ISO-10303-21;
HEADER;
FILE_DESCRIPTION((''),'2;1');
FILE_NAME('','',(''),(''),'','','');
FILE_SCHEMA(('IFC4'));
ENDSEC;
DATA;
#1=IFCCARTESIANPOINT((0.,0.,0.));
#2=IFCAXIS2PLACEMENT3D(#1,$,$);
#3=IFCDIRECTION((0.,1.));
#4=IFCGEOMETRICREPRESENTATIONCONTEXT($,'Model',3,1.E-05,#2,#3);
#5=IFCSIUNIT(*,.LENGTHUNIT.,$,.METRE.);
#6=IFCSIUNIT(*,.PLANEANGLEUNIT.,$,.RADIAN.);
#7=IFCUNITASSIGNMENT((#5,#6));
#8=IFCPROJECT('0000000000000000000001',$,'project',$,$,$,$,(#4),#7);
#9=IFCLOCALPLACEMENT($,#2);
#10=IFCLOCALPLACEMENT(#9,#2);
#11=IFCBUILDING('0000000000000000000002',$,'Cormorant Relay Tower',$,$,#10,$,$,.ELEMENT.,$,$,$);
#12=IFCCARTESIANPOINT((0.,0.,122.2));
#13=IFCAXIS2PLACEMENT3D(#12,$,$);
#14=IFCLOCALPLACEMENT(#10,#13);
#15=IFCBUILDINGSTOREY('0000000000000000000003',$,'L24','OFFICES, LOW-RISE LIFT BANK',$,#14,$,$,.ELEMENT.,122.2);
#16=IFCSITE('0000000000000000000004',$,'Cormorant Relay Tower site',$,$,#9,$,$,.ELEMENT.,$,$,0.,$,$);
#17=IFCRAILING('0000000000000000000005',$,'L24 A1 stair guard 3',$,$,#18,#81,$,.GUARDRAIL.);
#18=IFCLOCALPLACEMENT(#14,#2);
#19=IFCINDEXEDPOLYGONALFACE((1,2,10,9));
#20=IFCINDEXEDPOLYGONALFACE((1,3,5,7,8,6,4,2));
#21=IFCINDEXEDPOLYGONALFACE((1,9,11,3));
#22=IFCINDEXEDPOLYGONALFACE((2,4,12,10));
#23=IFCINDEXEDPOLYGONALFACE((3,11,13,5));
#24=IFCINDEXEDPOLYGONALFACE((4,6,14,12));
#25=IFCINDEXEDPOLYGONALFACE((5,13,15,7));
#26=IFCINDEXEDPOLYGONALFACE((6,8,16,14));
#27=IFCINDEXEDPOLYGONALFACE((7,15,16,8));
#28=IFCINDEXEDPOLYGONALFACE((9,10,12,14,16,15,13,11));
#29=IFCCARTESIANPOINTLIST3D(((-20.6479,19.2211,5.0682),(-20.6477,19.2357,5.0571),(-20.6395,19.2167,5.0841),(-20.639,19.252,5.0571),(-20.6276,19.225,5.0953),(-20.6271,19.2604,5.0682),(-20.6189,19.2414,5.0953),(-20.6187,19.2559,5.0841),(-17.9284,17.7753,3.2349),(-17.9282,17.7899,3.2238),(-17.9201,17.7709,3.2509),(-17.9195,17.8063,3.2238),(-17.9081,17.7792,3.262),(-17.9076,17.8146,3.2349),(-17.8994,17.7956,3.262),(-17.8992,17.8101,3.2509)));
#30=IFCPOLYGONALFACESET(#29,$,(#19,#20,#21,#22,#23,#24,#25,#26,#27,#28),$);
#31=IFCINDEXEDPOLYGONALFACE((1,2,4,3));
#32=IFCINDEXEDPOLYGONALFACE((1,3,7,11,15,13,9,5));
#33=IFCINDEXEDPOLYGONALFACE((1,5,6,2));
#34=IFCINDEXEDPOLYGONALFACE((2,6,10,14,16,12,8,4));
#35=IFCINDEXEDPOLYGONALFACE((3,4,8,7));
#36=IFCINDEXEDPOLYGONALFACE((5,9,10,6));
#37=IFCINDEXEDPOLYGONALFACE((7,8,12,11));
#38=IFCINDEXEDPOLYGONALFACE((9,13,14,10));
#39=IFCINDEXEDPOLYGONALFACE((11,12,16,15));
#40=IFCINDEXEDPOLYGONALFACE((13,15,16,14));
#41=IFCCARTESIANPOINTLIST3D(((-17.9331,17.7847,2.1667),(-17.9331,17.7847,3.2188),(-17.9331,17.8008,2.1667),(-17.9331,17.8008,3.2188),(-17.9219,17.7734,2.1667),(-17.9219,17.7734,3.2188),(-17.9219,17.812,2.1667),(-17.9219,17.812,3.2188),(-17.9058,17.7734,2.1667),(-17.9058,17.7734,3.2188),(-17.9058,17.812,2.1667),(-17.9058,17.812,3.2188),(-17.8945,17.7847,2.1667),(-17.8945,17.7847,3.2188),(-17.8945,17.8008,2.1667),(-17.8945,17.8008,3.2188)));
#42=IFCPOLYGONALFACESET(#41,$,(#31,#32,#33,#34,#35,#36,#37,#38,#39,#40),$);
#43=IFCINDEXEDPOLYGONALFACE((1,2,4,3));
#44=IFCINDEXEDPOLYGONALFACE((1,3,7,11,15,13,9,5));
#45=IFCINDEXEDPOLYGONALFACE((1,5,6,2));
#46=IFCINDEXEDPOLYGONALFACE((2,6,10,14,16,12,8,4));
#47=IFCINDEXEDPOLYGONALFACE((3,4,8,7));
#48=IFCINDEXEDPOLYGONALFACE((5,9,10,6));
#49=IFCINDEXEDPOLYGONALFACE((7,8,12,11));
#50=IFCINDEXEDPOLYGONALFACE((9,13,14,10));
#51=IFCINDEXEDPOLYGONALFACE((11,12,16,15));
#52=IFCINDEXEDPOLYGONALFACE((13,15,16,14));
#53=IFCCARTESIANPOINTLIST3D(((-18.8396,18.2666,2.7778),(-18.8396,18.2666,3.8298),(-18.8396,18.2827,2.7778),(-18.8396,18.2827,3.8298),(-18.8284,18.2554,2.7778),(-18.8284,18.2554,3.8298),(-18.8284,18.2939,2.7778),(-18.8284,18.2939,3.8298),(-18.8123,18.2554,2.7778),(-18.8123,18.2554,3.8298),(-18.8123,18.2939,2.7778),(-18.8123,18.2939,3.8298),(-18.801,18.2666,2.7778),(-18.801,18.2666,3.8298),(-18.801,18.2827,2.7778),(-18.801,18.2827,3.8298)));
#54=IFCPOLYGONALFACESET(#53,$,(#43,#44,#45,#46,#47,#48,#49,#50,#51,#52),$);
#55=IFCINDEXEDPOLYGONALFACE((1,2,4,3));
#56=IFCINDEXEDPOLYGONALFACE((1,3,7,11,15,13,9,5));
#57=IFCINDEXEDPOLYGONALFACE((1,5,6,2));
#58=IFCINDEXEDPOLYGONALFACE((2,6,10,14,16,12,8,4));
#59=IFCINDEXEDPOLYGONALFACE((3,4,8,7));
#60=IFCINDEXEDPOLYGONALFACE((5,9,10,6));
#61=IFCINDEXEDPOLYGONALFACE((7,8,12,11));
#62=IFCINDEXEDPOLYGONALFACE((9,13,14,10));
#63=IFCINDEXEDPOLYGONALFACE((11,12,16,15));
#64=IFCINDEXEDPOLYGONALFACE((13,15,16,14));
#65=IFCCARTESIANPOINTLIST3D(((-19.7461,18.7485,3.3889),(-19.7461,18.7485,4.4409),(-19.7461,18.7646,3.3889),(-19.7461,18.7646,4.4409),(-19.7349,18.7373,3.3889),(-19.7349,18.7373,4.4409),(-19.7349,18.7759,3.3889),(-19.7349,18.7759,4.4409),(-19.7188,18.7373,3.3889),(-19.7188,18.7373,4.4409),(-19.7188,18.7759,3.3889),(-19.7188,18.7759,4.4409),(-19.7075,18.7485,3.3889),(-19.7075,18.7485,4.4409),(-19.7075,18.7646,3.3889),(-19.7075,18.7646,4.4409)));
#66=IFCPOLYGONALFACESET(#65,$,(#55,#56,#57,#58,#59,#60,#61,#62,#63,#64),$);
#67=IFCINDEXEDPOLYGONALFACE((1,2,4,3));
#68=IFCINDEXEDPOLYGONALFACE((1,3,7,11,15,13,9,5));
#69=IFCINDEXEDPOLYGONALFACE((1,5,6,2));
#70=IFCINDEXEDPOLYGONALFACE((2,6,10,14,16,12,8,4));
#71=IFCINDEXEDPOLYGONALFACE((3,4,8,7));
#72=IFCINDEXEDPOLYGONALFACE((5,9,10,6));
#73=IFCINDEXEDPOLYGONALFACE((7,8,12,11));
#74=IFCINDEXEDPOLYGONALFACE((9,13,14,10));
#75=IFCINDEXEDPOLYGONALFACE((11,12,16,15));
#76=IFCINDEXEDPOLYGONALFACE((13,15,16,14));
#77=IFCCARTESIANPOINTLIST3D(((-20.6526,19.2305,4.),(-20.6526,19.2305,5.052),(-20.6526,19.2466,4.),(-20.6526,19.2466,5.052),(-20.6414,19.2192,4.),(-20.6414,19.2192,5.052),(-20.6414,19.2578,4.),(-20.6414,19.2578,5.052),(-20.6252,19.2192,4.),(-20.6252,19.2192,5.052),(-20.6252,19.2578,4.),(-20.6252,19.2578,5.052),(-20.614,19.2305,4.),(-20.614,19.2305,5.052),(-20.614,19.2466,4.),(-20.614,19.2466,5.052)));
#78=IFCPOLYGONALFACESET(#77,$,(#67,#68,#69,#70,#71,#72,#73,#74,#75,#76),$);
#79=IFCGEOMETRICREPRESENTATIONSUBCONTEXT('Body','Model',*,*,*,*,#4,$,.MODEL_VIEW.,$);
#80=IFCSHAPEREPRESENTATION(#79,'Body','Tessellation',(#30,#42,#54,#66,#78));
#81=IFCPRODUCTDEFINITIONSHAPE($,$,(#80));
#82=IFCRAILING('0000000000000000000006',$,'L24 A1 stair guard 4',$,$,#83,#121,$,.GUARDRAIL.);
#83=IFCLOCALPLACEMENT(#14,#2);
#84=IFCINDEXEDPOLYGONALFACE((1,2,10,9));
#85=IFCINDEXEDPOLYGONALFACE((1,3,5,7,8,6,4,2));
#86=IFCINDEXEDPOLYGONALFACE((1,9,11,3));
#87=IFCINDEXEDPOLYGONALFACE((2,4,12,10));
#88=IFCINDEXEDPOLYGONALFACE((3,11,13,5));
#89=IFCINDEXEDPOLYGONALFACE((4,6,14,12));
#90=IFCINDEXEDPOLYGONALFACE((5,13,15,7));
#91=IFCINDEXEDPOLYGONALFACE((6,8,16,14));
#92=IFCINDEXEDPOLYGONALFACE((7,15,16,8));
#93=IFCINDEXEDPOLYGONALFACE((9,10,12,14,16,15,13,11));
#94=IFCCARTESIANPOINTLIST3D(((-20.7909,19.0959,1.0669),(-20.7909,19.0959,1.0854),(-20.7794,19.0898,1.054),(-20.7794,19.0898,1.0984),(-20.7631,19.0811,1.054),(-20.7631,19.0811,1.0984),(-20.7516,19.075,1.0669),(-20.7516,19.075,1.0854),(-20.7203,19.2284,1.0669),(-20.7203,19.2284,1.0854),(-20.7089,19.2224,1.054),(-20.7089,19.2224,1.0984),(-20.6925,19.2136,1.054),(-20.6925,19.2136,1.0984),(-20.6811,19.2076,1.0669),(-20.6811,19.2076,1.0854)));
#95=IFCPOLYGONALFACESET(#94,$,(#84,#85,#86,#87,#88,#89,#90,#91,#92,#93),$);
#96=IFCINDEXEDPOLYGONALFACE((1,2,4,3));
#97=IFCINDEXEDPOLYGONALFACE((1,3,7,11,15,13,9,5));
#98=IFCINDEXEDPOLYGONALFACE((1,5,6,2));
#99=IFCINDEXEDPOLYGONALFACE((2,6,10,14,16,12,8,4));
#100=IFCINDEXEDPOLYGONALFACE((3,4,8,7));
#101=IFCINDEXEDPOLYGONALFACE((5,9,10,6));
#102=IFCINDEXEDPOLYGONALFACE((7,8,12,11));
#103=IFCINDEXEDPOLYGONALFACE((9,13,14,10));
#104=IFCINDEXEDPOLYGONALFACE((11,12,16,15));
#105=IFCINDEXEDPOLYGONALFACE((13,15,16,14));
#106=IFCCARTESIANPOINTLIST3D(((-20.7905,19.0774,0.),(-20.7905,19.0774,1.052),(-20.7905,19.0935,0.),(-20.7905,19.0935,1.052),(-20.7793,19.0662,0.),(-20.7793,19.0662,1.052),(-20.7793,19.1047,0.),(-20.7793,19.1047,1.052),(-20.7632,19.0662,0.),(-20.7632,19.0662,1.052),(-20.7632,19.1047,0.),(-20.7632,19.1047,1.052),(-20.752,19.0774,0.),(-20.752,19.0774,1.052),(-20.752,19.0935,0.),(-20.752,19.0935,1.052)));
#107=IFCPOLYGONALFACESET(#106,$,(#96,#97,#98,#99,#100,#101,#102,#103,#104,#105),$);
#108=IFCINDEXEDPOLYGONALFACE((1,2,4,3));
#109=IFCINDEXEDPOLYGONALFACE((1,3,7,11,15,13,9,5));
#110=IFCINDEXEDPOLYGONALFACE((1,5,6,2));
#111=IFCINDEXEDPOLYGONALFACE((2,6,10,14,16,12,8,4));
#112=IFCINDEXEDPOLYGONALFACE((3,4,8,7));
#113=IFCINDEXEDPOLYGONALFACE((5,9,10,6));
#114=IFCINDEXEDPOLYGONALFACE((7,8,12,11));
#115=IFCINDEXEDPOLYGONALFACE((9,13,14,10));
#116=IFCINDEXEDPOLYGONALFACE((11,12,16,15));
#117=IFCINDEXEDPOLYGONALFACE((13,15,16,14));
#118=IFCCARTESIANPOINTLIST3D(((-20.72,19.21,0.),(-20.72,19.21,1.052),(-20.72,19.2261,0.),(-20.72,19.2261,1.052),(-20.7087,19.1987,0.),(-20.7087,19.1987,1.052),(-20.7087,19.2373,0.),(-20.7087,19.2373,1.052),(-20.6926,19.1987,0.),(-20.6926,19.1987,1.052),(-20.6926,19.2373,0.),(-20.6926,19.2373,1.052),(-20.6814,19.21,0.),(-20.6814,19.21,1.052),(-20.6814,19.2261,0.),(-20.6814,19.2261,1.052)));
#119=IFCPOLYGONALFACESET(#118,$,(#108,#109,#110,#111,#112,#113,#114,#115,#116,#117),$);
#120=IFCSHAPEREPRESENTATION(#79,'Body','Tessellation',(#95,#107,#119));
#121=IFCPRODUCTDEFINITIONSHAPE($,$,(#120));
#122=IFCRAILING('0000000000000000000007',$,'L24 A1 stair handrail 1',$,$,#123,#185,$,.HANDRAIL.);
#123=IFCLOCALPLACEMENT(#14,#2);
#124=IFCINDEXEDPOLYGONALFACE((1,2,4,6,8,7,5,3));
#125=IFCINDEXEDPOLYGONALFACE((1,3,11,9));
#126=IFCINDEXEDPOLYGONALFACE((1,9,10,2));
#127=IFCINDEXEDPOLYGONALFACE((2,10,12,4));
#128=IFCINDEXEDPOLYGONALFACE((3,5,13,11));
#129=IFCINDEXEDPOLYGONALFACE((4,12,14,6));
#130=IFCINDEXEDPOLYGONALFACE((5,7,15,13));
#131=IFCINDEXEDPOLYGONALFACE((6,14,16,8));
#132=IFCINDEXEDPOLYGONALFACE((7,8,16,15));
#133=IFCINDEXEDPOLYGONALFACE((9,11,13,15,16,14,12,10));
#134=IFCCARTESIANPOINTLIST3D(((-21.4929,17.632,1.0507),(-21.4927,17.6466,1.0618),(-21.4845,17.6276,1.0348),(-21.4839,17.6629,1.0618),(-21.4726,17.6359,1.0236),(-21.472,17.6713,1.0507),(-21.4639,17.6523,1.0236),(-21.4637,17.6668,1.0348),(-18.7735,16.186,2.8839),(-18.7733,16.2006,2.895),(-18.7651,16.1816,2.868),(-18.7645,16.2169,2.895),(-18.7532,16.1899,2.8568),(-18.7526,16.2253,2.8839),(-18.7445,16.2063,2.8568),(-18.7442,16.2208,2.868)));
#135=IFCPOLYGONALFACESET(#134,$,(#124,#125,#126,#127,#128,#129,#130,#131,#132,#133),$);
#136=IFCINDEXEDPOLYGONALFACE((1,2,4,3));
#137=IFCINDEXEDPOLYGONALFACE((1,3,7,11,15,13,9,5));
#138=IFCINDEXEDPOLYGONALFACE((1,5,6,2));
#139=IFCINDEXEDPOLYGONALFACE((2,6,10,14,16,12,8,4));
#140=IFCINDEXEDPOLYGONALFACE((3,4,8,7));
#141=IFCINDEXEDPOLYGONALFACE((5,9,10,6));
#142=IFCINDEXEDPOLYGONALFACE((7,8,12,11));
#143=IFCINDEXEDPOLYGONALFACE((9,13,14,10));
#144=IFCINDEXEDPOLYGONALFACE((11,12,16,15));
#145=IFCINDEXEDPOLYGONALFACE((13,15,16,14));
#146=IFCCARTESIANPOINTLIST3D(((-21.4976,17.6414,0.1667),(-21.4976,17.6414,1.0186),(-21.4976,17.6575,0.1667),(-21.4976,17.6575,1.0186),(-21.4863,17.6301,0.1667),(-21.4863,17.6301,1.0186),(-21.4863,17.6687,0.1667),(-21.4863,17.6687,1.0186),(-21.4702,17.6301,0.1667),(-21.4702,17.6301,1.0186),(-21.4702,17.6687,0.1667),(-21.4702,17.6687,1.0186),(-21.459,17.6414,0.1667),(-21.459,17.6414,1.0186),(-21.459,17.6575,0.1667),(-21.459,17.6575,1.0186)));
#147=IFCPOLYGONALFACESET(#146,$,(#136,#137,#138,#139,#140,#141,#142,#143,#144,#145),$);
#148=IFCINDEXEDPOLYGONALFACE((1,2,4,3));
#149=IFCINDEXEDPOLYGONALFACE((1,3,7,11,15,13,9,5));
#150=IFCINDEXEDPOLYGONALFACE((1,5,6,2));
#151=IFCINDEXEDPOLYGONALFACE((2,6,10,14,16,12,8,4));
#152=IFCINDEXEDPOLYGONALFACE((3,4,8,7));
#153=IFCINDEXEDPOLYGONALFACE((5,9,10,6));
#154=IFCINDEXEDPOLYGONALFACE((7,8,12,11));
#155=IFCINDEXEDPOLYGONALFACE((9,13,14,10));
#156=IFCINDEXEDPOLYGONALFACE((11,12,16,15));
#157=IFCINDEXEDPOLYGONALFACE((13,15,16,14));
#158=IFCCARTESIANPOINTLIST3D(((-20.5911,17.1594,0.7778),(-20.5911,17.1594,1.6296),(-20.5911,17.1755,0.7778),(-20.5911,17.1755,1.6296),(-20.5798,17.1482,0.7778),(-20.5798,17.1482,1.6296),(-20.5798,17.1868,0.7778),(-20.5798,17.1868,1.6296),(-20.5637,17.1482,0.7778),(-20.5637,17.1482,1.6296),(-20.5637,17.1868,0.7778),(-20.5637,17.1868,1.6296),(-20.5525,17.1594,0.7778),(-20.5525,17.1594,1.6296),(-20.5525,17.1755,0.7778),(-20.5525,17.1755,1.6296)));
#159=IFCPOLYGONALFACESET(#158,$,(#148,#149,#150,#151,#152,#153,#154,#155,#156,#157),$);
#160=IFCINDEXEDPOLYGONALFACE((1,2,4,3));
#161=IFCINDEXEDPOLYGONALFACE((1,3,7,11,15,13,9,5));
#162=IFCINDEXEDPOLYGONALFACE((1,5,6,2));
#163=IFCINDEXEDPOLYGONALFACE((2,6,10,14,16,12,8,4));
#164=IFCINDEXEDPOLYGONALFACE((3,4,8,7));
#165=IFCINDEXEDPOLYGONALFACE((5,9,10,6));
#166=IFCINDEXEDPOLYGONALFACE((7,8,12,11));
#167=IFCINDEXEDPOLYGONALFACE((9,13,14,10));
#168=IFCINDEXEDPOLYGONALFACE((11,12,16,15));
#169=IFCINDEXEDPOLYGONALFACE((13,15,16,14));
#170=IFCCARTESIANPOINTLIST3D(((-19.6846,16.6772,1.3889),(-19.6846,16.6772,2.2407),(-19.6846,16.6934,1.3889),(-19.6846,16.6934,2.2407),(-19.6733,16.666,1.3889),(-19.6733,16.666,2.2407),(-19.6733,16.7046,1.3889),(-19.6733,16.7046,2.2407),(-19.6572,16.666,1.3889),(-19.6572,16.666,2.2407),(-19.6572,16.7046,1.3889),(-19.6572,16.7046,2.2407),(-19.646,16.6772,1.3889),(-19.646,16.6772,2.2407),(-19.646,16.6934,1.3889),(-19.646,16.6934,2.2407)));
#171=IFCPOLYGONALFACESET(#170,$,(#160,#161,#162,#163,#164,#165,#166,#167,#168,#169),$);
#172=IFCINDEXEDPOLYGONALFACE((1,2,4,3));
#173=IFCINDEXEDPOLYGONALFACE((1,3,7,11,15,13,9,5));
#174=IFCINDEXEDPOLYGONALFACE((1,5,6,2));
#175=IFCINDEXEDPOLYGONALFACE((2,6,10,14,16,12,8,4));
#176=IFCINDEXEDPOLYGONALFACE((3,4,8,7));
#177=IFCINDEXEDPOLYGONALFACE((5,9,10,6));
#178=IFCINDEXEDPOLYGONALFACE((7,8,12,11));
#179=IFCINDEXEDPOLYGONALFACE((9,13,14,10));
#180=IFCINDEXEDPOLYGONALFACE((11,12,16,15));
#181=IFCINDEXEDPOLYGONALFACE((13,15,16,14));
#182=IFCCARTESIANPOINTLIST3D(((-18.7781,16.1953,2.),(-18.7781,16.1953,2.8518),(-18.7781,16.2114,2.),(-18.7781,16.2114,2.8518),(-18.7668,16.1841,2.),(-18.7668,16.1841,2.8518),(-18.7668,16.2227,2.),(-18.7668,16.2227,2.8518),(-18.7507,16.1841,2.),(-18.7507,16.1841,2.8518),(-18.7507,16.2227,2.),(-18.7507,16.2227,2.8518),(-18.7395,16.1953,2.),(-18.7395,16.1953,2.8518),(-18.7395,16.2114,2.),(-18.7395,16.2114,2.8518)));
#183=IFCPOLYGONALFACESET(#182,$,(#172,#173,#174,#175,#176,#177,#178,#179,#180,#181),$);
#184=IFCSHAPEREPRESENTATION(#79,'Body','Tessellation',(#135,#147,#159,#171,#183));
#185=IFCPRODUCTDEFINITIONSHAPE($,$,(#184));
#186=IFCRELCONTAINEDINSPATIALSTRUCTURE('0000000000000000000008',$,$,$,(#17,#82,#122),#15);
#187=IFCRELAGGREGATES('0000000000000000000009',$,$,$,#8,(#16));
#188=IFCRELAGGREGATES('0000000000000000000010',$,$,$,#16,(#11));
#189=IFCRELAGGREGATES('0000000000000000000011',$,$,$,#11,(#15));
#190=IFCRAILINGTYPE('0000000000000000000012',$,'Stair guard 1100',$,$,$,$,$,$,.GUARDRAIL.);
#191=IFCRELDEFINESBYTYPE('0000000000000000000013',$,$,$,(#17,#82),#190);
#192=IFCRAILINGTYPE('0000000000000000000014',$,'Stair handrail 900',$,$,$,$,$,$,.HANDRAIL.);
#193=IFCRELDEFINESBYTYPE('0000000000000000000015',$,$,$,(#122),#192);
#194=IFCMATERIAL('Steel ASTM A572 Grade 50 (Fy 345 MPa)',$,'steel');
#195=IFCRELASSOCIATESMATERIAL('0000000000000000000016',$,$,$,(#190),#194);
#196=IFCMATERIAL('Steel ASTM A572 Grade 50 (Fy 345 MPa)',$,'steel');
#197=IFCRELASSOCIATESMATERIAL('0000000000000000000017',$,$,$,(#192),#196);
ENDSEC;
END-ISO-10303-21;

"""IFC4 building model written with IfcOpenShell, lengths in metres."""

from ifc_helpers import new_model, si_unit, direction, frame, origin, place, context, subcontext, project, spatial, polyline, outline, extrude, material, type_object, element, save


model = new_model("IFC4")

# Units and contexts
model_context = context("Model", 3, precision=1e-05, world=origin(), true_north=direction((0.0, 1.0)))
body_context = subcontext(model_context, "Body", "Model", "MODEL_VIEW")
ifc_project = project(units=[si_unit("LENGTHUNIT", "METRE"), si_unit("PLANEANGLEUNIT", "RADIAN")], contexts=[model_context])

# Site, building, storey
site_placement = place(None, origin())
site = spatial("IfcSite", under=ifc_project, at=site_placement, Name="Cormorant Relay Tower site", CompositionType="ELEMENT", RefElevation=0.0)
building_placement = place(site_placement, origin())
building = spatial("IfcBuilding", under=site, at=building_placement, Name="Cormorant Relay Tower", CompositionType="ELEMENT")
storey_placement = place(building_placement, frame((0.0, 0.0, 122.2)))
storey = spatial("IfcBuildingStorey", under=building, at=storey_placement, Name="L24", Description="OFFICES, LOW-RISE LIFT BANK", CompositionType="ELEMENT", Elevation=122.2)

# Railings
ifc_material_1 = material(Name="Steel ASTM A572 Grade 50 (Fy 345 MPa)", Category="steel")
railing_type_1 = type_object("IfcRailingType", Name="Stair guard 1100", PredefinedType="GUARDRAIL", material=ifc_material_1)
railing_1_placement = place(storey_placement, frame((-17.9138, 17.7927, 2.1667)))
element("IfcRailing", 1, at=railing_1_placement, inside=storey, type_object=railing_type_1, Name="L24 A1 stair guard 3", PredefinedType="GUARDRAIL", context=body_context, shape_type="SweptSolid", body=[
    extrude(outline(polyline([(0.0222, 0.0093), (0.0093, 0.0222), (-0.0093, 0.0222), (-0.0222, 0.0093), (-0.0222, -0.0093), (-0.0093, -0.0222), (0.0093, -0.0222), (0.0222, -0.0093), (0.0222, 0.0093)])), frame((0.0, 0.0, 1.0762), z_axis=(-0.758735, 0.403378, 0.511477), x_axis=(-0.469428, -0.882971, 0.0)), (0.0, 0.0, 1.0), 3.5842),
    extrude(outline(polyline([(0.0193, 0.0081), (0.0081, 0.0193), (-0.0081, 0.0193), (-0.0193, 0.0081), (-0.0193, -0.0081), (-0.0081, -0.0193), (0.0081, -0.0193), (0.0193, -0.0081), (0.0193, 0.0081)])), origin(), (0.0, 0.0, 1.0), 1.052),
    extrude(outline(polyline([(0.0193, 0.0081), (0.0081, 0.0193), (-0.0081, 0.0193), (-0.0193, 0.0081), (-0.0193, -0.0081), (-0.0081, -0.0193), (0.0081, -0.0193), (0.0193, -0.0081), (0.0193, 0.0081)])), frame((-0.9065, 0.4819, 0.6111)), (0.0, 0.0, 1.0), 1.052),
    extrude(outline(polyline([(0.0193, 0.0081), (0.0081, 0.0193), (-0.0081, 0.0193), (-0.0193, 0.0081), (-0.0193, -0.0081), (-0.0081, -0.0193), (0.0081, -0.0193), (0.0193, -0.0081), (0.0193, 0.0081)])), frame((-1.813, 0.9639, 1.2222)), (0.0, 0.0, 1.0), 1.052),
    extrude(outline(polyline([(0.0193, 0.0081), (0.0081, 0.0193), (-0.0081, 0.0193), (-0.0193, 0.0081), (-0.0193, -0.0081), (-0.0081, -0.0193), (0.0081, -0.0193), (0.0193, -0.0081), (0.0193, 0.0081)])), frame((-2.7195, 1.4458, 1.8333)), (0.0, 0.0, 1.0), 1.052),
])
railing_2_placement = place(storey_placement, frame((-20.7712, 19.0854, 0.0)))
element("IfcRailing", 2, at=railing_2_placement, inside=storey, type_object=railing_type_1, Name="L24 A1 stair guard 4", PredefinedType="GUARDRAIL", context=body_context, shape_type="SweptSolid", body=[
    extrude(outline(polyline([(0.0222, 0.0093), (0.0093, 0.0222), (-0.0093, 0.0222), (-0.0222, 0.0093), (-0.0222, -0.0093), (-0.0093, -0.0222), (0.0093, -0.0222), (0.0222, -0.0093), (0.0222, 0.0093)])), frame((0.0, 0.0, 1.0762), z_axis=(0.469829, 0.882758, 0.0), x_axis=(-0.882758, 0.469829, 0.0)), (0.0, 0.0, 1.0), 0.1501),
    extrude(outline(polyline([(0.0193, 0.0081), (0.0081, 0.0193), (-0.0081, 0.0193), (-0.0193, 0.0081), (-0.0193, -0.0081), (-0.0081, -0.0193), (0.0081, -0.0193), (0.0193, -0.0081), (0.0193, 0.0081)])), origin(), (0.0, 0.0, 1.0), 1.052),
    extrude(outline(polyline([(0.0193, 0.0081), (0.0081, 0.0193), (-0.0081, 0.0193), (-0.0193, 0.0081), (-0.0193, -0.0081), (-0.0081, -0.0193), (0.0081, -0.0193), (0.0193, -0.0081), (0.0193, 0.0081)])), frame((0.0706, 0.1326, 0.0)), (0.0, 0.0, 1.0), 1.052),
])
ifc_material_2 = material(Name="Steel ASTM A572 Grade 50 (Fy 345 MPa)", Category="steel")
railing_type_2 = type_object("IfcRailingType", Name="Stair handrail 900", PredefinedType="HANDRAIL", material=ifc_material_2)
railing_3_placement = place(storey_placement, frame((-21.4783, 17.6494, 0.1667)))
element("IfcRailing", 3, at=railing_3_placement, inside=storey, type_object=railing_type_2, Name="L24 A1 stair handrail 1", PredefinedType="HANDRAIL", context=body_context, shape_type="SweptSolid", body=[
    extrude(outline(polyline([(0.0222, 0.0093), (0.0093, 0.0222), (-0.0093, 0.0222), (-0.0222, 0.0093), (-0.0222, -0.0093), (-0.0093, -0.0222), (0.0093, -0.0222), (0.0222, -0.0093), (0.0222, 0.0093)])), frame((0.0, 0.0, 0.876), z_axis=(0.758714, -0.403435, 0.511463), x_axis=(0.469489, 0.882938, 0.0)), (0.0, 0.0, 1.0), 3.5842),
    extrude(outline(polyline([(0.0193, 0.0081), (0.0081, 0.0193), (-0.0081, 0.0193), (-0.0193, 0.0081), (-0.0193, -0.0081), (-0.0081, -0.0193), (0.0081, -0.0193), (0.0193, -0.0081), (0.0193, 0.0081)])), origin(), (0.0, 0.0, 1.0), 0.8518),
    extrude(outline(polyline([(0.0193, 0.0081), (0.0081, 0.0193), (-0.0081, 0.0193), (-0.0193, 0.0081), (-0.0193, -0.0081), (-0.0081, -0.0193), (0.0081, -0.0193), (0.0193, -0.0081), (0.0193, 0.0081)])), frame((0.9065, -0.4819, 0.6111)), (0.0, 0.0, 1.0), 0.8518),
    extrude(outline(polyline([(0.0193, 0.0081), (0.0081, 0.0193), (-0.0081, 0.0193), (-0.0193, 0.0081), (-0.0193, -0.0081), (-0.0081, -0.0193), (0.0081, -0.0193), (0.0193, -0.0081), (0.0193, 0.0081)])), frame((1.813, -0.9641, 1.2222)), (0.0, 0.0, 1.0), 0.8518),
    extrude(outline(polyline([(0.0193, 0.0081), (0.0081, 0.0193), (-0.0081, 0.0193), (-0.0193, 0.0081), (-0.0193, -0.0081), (-0.0081, -0.0193), (0.0081, -0.0193), (0.0193, -0.0081), (0.0193, 0.0081)])), frame((2.7195, -1.446, 1.8333)), (0.0, 0.0, 1.0), 0.8518),
])

save(model, "model.ifc")
